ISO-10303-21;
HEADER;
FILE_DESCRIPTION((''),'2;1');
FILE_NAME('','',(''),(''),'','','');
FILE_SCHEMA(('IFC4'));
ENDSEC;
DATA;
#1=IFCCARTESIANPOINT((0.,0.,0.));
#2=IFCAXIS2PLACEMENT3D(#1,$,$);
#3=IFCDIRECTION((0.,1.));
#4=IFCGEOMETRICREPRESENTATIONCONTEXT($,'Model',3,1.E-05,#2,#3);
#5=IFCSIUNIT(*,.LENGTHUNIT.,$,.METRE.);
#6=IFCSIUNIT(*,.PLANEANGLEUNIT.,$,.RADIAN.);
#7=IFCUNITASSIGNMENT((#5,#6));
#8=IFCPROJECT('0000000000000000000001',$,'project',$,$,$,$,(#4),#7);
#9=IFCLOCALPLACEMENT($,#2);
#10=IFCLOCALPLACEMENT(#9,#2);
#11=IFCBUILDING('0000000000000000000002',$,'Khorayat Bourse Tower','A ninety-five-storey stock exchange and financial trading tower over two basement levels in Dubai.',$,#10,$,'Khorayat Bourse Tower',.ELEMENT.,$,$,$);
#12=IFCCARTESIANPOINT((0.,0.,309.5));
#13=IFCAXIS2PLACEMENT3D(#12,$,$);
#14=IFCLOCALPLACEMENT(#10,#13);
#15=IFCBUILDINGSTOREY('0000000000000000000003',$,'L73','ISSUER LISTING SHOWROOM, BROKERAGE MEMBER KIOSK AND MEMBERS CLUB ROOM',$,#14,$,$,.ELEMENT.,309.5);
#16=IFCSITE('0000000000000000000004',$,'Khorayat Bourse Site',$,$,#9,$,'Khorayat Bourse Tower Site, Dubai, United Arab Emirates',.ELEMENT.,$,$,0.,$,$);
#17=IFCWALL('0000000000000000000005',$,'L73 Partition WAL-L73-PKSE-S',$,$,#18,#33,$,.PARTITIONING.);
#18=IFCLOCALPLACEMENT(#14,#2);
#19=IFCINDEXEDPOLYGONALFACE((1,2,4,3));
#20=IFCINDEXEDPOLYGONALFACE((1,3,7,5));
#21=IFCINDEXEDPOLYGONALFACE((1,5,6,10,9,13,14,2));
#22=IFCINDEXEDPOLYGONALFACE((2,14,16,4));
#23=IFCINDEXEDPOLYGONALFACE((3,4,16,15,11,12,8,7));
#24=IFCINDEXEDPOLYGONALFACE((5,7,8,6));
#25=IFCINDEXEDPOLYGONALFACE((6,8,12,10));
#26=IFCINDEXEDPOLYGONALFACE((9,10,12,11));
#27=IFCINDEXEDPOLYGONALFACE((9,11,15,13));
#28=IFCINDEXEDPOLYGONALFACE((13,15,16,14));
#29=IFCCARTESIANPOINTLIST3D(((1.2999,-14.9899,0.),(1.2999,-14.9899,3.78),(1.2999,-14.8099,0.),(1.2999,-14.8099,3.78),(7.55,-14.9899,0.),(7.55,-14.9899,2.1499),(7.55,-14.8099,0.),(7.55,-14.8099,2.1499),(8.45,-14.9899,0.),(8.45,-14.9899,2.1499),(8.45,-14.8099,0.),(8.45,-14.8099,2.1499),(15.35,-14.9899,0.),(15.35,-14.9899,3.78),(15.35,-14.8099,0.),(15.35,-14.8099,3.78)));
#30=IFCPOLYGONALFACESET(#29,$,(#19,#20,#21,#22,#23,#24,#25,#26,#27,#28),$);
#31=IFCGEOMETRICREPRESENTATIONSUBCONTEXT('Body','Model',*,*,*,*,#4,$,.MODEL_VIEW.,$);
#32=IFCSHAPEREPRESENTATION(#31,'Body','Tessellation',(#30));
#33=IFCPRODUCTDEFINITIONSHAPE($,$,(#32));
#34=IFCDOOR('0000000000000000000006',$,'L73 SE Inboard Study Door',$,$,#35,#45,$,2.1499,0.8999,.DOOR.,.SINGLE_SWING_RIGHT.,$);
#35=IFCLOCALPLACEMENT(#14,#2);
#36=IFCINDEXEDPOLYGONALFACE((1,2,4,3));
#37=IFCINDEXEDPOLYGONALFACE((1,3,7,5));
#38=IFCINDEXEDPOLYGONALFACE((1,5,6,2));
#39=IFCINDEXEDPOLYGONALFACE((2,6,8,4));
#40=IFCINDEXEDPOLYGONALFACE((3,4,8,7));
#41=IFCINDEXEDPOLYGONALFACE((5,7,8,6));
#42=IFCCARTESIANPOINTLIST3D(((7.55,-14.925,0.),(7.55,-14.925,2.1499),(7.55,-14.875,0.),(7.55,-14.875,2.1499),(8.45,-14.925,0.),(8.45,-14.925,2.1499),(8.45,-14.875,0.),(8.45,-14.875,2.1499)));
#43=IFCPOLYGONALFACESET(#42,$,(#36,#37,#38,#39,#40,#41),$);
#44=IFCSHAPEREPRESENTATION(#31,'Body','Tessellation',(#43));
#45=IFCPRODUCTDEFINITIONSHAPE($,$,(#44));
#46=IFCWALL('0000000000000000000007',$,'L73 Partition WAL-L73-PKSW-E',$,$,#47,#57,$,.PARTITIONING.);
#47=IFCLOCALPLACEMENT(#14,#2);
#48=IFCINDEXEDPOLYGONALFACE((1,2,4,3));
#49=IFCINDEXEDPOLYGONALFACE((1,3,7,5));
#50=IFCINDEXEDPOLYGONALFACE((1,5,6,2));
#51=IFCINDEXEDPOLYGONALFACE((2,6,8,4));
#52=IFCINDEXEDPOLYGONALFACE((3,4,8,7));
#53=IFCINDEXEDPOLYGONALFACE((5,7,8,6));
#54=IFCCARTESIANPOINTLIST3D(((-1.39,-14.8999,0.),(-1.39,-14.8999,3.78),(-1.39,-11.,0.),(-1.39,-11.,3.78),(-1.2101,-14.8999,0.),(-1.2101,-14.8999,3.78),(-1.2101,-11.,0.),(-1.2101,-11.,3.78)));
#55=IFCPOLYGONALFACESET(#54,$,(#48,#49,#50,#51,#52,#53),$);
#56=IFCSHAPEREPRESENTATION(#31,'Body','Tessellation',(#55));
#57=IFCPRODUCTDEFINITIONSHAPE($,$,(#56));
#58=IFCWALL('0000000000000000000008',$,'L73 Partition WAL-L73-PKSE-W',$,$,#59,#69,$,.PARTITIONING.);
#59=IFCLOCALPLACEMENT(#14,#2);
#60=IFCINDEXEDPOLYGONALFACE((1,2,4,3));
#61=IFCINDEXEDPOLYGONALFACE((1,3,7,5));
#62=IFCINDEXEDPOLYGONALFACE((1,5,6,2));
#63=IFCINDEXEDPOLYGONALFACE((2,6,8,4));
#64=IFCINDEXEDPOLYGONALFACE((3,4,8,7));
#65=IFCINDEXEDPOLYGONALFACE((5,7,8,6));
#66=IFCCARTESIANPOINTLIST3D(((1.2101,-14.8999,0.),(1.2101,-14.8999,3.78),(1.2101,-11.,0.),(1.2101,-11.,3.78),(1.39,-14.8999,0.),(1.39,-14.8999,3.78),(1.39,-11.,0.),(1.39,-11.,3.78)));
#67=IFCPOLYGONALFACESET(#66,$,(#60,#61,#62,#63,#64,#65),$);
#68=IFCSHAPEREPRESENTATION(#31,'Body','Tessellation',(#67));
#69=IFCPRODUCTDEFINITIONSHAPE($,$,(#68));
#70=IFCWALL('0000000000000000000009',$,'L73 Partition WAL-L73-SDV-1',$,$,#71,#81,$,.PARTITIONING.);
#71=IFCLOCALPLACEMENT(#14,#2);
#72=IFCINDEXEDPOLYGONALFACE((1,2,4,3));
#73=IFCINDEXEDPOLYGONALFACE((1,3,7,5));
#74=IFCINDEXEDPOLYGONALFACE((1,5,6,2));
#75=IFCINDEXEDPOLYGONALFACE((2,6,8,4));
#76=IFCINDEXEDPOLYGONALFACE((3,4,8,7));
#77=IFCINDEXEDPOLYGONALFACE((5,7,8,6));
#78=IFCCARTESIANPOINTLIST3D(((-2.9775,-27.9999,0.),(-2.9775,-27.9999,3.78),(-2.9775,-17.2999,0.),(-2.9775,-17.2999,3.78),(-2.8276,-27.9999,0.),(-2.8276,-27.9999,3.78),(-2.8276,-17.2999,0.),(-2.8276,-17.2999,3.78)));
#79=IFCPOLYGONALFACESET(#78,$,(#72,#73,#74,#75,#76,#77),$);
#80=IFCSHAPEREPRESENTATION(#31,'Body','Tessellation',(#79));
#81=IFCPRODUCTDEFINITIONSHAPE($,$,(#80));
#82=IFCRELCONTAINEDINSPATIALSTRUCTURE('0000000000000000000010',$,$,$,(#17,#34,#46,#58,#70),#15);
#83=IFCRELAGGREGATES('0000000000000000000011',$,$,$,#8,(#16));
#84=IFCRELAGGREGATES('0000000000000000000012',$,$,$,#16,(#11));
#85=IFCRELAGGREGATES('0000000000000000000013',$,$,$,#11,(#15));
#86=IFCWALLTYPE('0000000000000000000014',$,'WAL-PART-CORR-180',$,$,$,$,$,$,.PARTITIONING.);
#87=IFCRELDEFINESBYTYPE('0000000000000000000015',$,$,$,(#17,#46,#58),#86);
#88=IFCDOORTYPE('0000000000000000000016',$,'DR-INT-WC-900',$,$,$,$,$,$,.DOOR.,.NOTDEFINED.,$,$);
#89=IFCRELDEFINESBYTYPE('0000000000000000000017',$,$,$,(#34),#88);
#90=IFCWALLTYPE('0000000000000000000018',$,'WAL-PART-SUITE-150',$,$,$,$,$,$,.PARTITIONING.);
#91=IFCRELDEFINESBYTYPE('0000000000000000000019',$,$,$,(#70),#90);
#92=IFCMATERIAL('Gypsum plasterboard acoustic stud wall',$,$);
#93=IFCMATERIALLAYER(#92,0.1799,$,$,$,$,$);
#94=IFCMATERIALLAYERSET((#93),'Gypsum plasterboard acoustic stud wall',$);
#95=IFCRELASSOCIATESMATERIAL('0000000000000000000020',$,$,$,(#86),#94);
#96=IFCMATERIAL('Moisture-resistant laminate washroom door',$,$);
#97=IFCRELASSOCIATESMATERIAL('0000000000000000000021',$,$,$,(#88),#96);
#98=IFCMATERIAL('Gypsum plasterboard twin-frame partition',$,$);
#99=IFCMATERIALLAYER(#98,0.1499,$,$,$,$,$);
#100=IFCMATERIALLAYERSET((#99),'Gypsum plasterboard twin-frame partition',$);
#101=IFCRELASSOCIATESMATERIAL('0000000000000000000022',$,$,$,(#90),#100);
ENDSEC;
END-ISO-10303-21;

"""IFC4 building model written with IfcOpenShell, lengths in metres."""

from ifc_helpers import new_model, si_unit, direction, frame, frame_2d, origin, place, context, subcontext, project, spatial, rectangle, extrude, source, transform, mapped, material, layer, layer_set, type_object, element, fill, save


model = new_model("IFC4")

# Units and contexts
model_context = context("Model", 3, precision=1e-05, world=origin(), true_north=direction((0.0, 1.0)))
body_context = subcontext(model_context, "Body", "Model", "MODEL_VIEW")
ifc_project = project(units=[si_unit("LENGTHUNIT", "METRE"), si_unit("PLANEANGLEUNIT", "RADIAN")], contexts=[model_context])

# Site, building, storey
site_placement = place(None, origin())
site = spatial("IfcSite", under=ifc_project, at=site_placement, Name="Khorayat Bourse Site", LongName="Khorayat Bourse Tower Site, Dubai, United Arab Emirates", CompositionType="ELEMENT", RefElevation=0.0)
building_placement = place(site_placement, origin())
building = spatial("IfcBuilding", under=site, at=building_placement, Name="Khorayat Bourse Tower", Description="A ninety-five-storey stock exchange and financial trading tower over two basement levels in Dubai.", LongName="Khorayat Bourse Tower", CompositionType="ELEMENT")
storey_placement = place(building_placement, frame((0.0, 0.0, 309.5)))
storey = spatial("IfcBuildingStorey", under=building, at=storey_placement, Name="L73", Description="ISSUER LISTING SHOWROOM, BROKERAGE MEMBER KIOSK AND MEMBERS CLUB ROOM", CompositionType="ELEMENT", Elevation=309.5)

# Wall, opening, door
ifc_material_1 = material(Name="Gypsum plasterboard acoustic stud wall")
ifc_layer_1 = layer(ifc_material_1, 0.1799)
ifc_layer_set_1 = layer_set([ifc_layer_1], Name="Gypsum plasterboard acoustic stud wall")
wall_type_1 = type_object("IfcWallType", Name="WAL-PART-CORR-180", PredefinedType="PARTITIONING", material=ifc_layer_set_1)
shared_shape_1 = source(origin(), body_context, "Body", "SweptSolid", [
    extrude(rectangle(XDim=14.05, YDim=0.1799, at=frame_2d((7.0249, 0.0))), origin(), (0.0, 0.0, 1.0), 3.78),
])
wall_1_placement = place(storey_placement, frame((1.3, -14.8999, 0.0), z_axis=(0.0, 0.0, 1.0), x_axis=(1.0, 0.0, 0.0)))
wall_1 = element("IfcWall", 1, at=wall_1_placement, inside=storey, type_object=wall_type_1, Name="L73 Partition WAL-L73-PKSE-S", PredefinedType="PARTITIONING", context=body_context, shape_type="MappedRepresentation", body=[
    mapped(shared_shape_1, transform((0.0, 0.0, 0.0), scale=1.0)),
])
shared_shape_2 = source(origin(), body_context, "Body", "SweptSolid", [
    extrude(rectangle(XDim=0.8999, YDim=2.1499, at=frame_2d((0.45, 1.075))), frame((0.0, 0.0999, 0.0), z_axis=(0.0, -1.0, 0.0), x_axis=(1.0, 0.0, 0.0)), (0.0, 0.0, 1.0), 0.2),
])
opening_placement = place(wall_1_placement, frame((6.25, 0.0, 0.0)))
opening = element("IfcOpeningElement", 2, at=opening_placement, cuts=wall_1, PredefinedType="OPENING", context=body_context, shape_type="MappedRepresentation", body=[
    mapped(shared_shape_2, transform((0.0, 0.0, 0.0), scale=1.0)),
])
ifc_material_2 = material(Name="Moisture-resistant laminate washroom door")
door_type = type_object("IfcDoorType", Name="DR-INT-WC-900", OperationType="NOTDEFINED", PredefinedType="DOOR", material=ifc_material_2)
shared_shape_3 = source(origin(), body_context, "Body", "SweptSolid", [
    extrude(rectangle(XDim=0.8999, YDim=2.1499, at=frame_2d((0.45, 1.075))), frame((0.0, 0.0249, 0.0), z_axis=(0.0, -1.0, 0.0), x_axis=(1.0, 0.0, 0.0)), (0.0, 0.0, 1.0), 0.05),
])
door_placement = place(opening_placement, origin())
door = element("IfcDoor", 3, at=door_placement, inside=storey, type_object=door_type, Name="L73 SE Inboard Study Door", OperationType="SINGLE_SWING_RIGHT", OverallHeight=2.1499, OverallWidth=0.8999, PredefinedType="DOOR", context=body_context, shape_type="MappedRepresentation", body=[
    mapped(shared_shape_3, transform((0.0, 0.0, 0.0), scale=1.0)),
])
fill(opening, door)

# Walls
shared_shape_4 = source(origin(), body_context, "Body", "SweptSolid", [
    extrude(rectangle(XDim=3.8999, YDim=0.1799, at=frame_2d((1.95, 0.0))), origin(), (0.0, 0.0, 1.0), 3.78),
])
for number, where, z_axis, x_axis, name in (
    (4, (-1.3, -14.8999, 0.0), (0.0, 0.0, 1.0), (0.0, 1.0, 0.0), "L73 Partition WAL-L73-PKSW-E"),
    (5, (1.3, -14.8999, 0.0), (0.0, 0.0, 1.0), (0.0, 1.0, 0.0), "L73 Partition WAL-L73-PKSE-W"),
):
    element("IfcWall", number, at=place(storey_placement, frame(where, z_axis=z_axis, x_axis=x_axis)), inside=storey, type_object=wall_type_1, Name=name, PredefinedType="PARTITIONING", context=body_context, shape_type="MappedRepresentation", body=[
        mapped(shared_shape_4, transform((0.0, 0.0, 0.0), scale=1.0)),
    ])
ifc_material_3 = material(Name="Gypsum plasterboard twin-frame partition")
ifc_layer_2 = layer(ifc_material_3, 0.1499)
ifc_layer_set_2 = layer_set([ifc_layer_2], Name="Gypsum plasterboard twin-frame partition")
wall_type_2 = type_object("IfcWallType", Name="WAL-PART-SUITE-150", PredefinedType="PARTITIONING", material=ifc_layer_set_2)
shared_shape_5 = source(origin(), body_context, "Body", "SweptSolid", [
    extrude(rectangle(XDim=10.7, YDim=0.1499, at=frame_2d((5.3501, 0.0))), origin(), (0.0, 0.0, 1.0), 3.78),
])
wall_2_placement = place(storey_placement, frame((-2.9026, -28.0, 0.0), z_axis=(0.0, 0.0, 1.0), x_axis=(0.0, 1.0, 0.0)))
element("IfcWall", 6, at=wall_2_placement, inside=storey, type_object=wall_type_2, Name="L73 Partition WAL-L73-SDV-1", PredefinedType="PARTITIONING", context=body_context, shape_type="MappedRepresentation", body=[
    mapped(shared_shape_5, transform((0.0, 0.0, 0.0), scale=1.0)),
])

save(model, "model.ifc")
